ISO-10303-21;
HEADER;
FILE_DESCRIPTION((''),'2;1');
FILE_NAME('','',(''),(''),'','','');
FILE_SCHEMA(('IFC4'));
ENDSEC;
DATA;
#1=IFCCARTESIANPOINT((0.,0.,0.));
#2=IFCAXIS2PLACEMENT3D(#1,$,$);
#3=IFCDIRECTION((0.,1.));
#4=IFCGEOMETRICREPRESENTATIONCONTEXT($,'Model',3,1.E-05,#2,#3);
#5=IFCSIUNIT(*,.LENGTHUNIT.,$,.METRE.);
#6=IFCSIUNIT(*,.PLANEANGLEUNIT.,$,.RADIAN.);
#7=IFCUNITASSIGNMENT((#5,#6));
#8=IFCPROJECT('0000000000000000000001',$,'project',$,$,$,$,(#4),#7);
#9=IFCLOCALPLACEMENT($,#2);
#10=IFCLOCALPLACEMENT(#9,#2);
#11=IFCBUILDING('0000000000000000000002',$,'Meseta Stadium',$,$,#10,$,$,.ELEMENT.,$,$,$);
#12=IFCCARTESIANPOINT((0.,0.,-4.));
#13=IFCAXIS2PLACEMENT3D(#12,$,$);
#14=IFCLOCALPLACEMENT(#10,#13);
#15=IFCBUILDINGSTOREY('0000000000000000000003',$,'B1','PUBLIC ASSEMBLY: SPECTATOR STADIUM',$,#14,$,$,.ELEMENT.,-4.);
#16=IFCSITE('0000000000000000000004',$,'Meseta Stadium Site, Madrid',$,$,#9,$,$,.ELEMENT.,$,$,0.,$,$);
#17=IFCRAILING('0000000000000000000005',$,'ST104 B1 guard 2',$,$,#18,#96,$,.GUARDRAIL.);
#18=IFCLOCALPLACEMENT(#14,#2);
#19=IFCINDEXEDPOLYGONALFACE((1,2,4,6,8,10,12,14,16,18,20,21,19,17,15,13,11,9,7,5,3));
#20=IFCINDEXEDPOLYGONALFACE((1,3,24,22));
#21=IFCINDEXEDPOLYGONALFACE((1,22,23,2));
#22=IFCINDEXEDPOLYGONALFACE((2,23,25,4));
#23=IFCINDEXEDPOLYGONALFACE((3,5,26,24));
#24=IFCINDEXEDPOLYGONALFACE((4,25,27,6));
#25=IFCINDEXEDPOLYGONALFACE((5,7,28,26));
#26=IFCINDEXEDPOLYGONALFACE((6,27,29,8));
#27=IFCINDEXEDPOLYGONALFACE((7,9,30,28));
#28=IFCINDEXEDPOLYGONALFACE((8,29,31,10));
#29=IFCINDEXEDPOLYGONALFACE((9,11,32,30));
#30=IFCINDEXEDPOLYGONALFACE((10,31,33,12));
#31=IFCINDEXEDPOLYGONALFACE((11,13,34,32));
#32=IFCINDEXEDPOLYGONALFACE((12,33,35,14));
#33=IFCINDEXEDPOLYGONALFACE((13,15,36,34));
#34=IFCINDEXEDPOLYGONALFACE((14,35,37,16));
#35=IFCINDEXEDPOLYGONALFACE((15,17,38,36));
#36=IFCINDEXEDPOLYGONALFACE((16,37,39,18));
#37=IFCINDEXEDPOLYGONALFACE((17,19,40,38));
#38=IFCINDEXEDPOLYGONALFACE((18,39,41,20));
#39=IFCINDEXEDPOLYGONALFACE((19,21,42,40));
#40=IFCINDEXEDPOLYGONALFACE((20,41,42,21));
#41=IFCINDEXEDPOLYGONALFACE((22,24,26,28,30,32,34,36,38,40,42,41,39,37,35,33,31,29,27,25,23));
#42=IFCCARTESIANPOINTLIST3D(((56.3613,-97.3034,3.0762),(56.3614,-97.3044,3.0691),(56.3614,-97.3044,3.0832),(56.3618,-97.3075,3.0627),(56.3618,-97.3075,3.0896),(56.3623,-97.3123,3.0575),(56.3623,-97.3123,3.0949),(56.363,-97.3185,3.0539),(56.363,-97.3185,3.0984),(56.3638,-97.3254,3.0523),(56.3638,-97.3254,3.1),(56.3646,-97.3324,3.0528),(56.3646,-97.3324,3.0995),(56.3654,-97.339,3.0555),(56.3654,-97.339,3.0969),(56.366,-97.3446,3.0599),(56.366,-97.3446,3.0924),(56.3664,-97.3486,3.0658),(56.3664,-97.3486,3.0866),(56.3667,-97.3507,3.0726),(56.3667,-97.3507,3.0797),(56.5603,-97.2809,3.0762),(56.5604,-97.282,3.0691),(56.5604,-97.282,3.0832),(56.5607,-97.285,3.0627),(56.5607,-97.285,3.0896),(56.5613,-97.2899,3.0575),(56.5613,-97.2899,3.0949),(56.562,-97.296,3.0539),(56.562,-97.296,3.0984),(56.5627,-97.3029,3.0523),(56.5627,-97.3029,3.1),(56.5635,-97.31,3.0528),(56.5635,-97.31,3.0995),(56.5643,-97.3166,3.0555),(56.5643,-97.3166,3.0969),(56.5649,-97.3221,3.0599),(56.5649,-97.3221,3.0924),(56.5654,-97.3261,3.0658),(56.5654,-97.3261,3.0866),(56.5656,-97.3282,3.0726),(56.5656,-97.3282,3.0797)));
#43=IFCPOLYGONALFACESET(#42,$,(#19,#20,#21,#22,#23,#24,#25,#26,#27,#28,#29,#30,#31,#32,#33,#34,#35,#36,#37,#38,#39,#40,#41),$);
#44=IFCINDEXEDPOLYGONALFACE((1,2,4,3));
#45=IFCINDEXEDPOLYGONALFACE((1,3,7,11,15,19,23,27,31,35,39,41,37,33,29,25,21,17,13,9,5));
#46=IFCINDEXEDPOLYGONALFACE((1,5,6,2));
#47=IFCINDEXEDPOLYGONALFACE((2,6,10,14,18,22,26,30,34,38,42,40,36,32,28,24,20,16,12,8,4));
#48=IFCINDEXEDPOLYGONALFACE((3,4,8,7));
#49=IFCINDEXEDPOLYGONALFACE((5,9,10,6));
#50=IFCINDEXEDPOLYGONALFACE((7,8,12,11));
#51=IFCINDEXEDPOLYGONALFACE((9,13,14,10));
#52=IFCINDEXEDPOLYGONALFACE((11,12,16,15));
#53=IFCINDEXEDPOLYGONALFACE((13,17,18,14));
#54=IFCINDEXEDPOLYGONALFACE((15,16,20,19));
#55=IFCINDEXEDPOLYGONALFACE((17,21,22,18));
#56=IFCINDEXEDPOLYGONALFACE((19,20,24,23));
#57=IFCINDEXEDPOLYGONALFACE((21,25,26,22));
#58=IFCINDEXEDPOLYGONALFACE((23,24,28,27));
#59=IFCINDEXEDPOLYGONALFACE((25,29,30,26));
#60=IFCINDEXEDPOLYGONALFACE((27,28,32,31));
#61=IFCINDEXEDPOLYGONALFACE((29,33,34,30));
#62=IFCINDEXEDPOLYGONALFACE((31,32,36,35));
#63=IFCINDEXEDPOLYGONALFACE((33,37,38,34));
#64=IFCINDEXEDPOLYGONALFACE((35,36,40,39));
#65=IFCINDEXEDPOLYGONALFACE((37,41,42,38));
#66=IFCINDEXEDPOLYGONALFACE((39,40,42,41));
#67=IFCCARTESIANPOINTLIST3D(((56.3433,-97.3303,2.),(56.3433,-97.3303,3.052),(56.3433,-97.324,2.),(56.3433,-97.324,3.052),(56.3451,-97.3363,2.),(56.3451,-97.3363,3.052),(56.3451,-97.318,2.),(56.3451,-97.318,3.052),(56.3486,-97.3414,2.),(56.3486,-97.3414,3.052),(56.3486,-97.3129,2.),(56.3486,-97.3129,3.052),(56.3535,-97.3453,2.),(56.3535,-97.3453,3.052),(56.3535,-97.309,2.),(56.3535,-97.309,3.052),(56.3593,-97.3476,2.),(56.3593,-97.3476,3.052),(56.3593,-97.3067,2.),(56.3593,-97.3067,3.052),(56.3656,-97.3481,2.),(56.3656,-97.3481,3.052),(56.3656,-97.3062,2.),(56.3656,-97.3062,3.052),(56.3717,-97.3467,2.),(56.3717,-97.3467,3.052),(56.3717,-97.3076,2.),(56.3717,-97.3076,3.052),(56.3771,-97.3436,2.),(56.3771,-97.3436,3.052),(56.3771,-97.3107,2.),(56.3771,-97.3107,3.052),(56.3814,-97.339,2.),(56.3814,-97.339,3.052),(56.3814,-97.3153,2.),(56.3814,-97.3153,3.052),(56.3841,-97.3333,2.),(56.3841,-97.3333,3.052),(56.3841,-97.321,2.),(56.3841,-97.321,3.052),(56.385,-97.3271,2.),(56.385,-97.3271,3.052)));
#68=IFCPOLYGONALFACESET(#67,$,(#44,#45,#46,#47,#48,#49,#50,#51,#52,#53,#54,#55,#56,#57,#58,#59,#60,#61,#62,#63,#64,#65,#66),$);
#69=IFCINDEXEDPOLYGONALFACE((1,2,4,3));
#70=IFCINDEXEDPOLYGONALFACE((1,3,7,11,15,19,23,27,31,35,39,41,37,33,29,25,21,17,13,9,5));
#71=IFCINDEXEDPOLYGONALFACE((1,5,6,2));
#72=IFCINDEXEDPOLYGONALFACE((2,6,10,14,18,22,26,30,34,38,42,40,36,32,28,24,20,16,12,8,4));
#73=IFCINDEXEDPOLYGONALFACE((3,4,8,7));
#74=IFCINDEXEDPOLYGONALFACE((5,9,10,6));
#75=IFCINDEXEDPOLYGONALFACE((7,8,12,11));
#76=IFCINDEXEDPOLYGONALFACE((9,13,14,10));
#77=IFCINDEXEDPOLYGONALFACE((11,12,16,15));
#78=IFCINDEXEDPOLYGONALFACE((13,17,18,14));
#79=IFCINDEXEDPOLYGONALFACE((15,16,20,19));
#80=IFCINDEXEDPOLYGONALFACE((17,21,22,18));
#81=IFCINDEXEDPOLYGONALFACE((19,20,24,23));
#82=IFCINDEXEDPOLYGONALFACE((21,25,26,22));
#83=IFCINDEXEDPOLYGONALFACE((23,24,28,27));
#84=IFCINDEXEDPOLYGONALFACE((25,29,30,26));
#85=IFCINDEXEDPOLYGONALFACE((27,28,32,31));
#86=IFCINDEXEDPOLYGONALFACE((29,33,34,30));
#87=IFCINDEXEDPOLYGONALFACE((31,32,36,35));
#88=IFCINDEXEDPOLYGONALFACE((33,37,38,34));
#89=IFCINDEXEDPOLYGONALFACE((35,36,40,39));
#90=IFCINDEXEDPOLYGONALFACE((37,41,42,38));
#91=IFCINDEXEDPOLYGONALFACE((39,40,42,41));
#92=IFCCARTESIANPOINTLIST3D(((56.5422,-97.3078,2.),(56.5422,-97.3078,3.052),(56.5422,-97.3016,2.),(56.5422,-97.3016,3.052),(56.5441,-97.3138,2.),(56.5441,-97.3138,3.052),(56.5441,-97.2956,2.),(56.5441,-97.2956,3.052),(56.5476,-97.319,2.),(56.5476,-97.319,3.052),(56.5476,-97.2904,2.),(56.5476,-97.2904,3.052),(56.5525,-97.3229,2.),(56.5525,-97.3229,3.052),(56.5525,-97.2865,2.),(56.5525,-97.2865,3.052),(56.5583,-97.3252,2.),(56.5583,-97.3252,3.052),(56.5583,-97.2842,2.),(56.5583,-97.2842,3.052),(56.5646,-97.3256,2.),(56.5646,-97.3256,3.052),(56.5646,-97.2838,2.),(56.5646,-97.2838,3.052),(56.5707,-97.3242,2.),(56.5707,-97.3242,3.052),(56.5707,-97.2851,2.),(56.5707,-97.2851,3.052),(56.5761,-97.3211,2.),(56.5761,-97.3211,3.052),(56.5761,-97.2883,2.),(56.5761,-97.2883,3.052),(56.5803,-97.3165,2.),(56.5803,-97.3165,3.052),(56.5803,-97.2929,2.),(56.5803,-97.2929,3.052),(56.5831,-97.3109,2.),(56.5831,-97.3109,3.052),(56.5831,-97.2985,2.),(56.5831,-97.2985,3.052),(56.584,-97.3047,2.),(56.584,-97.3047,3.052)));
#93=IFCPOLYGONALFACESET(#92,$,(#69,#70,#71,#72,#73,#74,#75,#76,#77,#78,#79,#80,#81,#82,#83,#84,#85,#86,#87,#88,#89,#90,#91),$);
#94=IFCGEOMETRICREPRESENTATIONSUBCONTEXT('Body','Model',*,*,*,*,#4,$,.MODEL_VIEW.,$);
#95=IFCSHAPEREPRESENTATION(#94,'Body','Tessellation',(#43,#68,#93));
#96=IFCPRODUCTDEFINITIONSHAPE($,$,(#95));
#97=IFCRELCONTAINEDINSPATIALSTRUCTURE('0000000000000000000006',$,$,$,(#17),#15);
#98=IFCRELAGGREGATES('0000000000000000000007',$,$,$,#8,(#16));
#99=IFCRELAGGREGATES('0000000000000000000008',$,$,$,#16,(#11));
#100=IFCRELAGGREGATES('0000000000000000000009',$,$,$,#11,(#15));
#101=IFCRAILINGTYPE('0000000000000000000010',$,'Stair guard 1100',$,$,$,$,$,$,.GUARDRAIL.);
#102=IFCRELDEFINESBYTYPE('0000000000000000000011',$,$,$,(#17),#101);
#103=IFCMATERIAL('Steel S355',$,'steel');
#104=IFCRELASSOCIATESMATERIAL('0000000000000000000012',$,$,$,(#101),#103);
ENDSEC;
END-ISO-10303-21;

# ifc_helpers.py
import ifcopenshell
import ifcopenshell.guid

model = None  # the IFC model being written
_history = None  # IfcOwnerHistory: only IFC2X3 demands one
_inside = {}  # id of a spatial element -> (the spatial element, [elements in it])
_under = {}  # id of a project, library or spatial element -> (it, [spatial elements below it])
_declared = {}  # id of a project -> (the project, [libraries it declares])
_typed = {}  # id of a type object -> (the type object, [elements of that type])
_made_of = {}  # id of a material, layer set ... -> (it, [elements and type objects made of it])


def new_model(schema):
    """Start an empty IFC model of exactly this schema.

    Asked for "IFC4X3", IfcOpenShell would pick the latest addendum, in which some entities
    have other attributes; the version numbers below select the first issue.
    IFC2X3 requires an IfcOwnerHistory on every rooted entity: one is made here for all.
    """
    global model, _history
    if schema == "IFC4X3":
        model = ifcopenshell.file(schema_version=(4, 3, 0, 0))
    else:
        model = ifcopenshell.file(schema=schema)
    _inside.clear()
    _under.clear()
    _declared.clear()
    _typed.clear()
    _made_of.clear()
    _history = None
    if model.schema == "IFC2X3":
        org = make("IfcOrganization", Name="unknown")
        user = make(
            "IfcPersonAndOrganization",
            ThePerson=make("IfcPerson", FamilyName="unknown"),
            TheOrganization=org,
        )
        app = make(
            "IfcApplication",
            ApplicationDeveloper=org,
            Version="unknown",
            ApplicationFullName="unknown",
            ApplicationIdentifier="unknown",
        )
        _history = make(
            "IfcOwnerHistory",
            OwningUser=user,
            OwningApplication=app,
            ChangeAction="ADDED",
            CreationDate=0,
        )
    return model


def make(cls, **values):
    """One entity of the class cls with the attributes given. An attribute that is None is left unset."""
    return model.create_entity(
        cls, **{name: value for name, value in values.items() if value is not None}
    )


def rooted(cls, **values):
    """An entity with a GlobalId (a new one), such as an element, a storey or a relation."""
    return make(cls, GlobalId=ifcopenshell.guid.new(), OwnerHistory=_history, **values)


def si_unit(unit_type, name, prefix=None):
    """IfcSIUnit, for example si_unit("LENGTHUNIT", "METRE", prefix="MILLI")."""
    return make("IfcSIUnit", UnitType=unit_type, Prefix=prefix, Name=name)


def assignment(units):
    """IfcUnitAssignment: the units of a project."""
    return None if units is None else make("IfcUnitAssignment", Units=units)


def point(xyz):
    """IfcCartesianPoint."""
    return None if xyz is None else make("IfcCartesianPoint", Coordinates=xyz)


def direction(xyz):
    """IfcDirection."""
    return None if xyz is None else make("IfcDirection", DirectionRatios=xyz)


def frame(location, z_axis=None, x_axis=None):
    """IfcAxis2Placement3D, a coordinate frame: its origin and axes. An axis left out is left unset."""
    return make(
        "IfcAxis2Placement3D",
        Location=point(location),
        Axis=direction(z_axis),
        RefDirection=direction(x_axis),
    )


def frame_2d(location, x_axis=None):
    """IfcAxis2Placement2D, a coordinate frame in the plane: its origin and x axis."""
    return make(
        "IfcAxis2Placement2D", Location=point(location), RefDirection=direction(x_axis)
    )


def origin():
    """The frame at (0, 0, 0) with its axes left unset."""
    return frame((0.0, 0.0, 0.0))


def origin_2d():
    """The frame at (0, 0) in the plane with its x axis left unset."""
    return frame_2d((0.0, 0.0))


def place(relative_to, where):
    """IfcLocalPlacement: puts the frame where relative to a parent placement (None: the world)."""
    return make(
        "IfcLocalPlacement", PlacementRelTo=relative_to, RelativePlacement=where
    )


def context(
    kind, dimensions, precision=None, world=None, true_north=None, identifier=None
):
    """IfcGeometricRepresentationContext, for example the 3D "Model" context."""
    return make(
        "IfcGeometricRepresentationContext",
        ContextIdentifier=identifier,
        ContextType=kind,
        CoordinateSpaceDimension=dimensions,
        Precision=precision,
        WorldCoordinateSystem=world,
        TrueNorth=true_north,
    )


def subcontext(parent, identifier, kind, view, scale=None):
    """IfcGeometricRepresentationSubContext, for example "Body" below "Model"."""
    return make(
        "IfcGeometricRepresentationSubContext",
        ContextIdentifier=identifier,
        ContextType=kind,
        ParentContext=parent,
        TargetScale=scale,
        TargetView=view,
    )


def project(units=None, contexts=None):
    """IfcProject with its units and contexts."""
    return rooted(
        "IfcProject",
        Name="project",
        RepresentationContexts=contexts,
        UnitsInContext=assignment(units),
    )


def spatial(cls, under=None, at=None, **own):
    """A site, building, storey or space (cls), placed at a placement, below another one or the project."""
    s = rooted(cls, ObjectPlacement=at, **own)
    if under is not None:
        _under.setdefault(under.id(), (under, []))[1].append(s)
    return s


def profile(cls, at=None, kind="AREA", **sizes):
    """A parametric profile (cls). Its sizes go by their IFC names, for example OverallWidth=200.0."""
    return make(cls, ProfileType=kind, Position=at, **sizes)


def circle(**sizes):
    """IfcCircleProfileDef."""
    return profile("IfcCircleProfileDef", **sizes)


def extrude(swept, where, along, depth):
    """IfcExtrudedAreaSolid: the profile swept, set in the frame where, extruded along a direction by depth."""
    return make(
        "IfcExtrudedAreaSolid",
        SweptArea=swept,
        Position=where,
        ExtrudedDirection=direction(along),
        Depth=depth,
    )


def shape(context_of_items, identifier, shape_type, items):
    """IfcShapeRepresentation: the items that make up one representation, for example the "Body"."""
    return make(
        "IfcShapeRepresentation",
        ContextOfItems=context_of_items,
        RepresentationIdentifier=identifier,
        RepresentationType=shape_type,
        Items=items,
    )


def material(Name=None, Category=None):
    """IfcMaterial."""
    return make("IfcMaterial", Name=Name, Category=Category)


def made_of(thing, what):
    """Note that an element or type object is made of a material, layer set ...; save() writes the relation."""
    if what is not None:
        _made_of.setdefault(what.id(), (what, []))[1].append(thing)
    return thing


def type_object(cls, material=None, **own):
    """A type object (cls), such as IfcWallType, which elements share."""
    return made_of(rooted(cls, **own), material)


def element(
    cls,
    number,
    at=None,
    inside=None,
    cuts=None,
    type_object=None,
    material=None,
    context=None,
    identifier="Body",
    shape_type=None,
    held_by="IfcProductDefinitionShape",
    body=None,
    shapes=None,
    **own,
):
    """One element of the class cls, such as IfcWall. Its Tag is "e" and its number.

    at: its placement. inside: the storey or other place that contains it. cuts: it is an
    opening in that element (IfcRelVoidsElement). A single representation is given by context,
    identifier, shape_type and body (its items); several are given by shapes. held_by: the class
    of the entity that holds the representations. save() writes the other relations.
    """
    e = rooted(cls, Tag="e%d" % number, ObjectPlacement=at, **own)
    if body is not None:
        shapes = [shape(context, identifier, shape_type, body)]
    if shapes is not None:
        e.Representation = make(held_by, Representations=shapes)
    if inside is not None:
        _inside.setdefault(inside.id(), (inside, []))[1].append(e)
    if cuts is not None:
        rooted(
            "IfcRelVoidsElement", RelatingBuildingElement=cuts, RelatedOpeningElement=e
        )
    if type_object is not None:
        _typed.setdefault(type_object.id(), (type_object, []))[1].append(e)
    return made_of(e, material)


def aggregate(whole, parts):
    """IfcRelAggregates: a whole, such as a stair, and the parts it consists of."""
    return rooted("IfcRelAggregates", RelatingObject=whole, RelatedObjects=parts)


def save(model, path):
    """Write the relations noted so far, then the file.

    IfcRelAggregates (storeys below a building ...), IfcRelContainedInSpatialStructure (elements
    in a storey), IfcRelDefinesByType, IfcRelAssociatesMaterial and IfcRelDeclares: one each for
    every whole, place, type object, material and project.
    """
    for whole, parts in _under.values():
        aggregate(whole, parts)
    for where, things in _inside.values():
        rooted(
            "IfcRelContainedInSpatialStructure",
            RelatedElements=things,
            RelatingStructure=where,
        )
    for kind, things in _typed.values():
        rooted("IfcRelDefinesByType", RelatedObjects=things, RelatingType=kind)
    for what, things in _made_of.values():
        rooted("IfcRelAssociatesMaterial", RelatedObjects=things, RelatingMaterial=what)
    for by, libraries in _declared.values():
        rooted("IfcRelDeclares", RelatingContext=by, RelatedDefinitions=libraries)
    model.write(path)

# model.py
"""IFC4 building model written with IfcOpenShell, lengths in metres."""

from ifc_helpers import new_model, si_unit, direction, frame, origin, origin_2d, place, context, subcontext, project, spatial, circle, extrude, material, type_object, element, save


model = new_model("IFC4")

# Units and contexts
model_context = context("Model", 3, precision=1e-05, world=origin(), true_north=direction((0.0, 1.0)))
body_context = subcontext(model_context, "Body", "Model", "MODEL_VIEW")
ifc_project = project(units=[si_unit("LENGTHUNIT", "METRE"), si_unit("PLANEANGLEUNIT", "RADIAN")], contexts=[model_context])

# Site, building, storey
site_placement = place(None, origin())
site = spatial("IfcSite", under=ifc_project, at=site_placement, Name="Meseta Stadium Site, Madrid", CompositionType="ELEMENT", RefElevation=0.0)
building_placement = place(site_placement, origin())
building = spatial("IfcBuilding", under=site, at=building_placement, Name="Meseta Stadium", CompositionType="ELEMENT")
storey_placement = place(building_placement, frame((0.0, 0.0, -4.0)))
storey = spatial("IfcBuildingStorey", under=building, at=storey_placement, Name="B1", Description="PUBLIC ASSEMBLY: SPECTATOR STADIUM", CompositionType="ELEMENT", Elevation=-4.0)

# Railing
ifc_material_1 = material(Name="Steel S355", Category="steel")
railing_type_1 = type_object("IfcRailingType", Name="Stair guard 1100", PredefinedType="GUARDRAIL", material=ifc_material_1)
railing_1_placement = place(storey_placement, frame((56.364, -97.3271, 2.0)))
element("IfcRailing", 1, at=railing_1_placement, inside=storey, type_object=railing_type_1, Name="ST104 B1 guard 2", PredefinedType="GUARDRAIL", context=body_context, shape_type="SweptSolid", body=[
    extrude(circle(Radius=0.0239, at=origin_2d()), frame((0.0, 0.0, 1.0762), z_axis=(0.993689, 0.112171, 0.0), x_axis=(-0.112171, 0.993689, 0.0)), (0.0, 0.0, 1.0), 0.2002),
    extrude(circle(Radius=0.021, at=origin_2d()), origin(), (0.0, 0.0, 1.0), 1.052),
    extrude(circle(Radius=0.021, at=origin_2d()), frame((0.199, 0.0225, 0.0)), (0.0, 0.0, 1.0), 1.052),
])

save(model, "model.ifc")
